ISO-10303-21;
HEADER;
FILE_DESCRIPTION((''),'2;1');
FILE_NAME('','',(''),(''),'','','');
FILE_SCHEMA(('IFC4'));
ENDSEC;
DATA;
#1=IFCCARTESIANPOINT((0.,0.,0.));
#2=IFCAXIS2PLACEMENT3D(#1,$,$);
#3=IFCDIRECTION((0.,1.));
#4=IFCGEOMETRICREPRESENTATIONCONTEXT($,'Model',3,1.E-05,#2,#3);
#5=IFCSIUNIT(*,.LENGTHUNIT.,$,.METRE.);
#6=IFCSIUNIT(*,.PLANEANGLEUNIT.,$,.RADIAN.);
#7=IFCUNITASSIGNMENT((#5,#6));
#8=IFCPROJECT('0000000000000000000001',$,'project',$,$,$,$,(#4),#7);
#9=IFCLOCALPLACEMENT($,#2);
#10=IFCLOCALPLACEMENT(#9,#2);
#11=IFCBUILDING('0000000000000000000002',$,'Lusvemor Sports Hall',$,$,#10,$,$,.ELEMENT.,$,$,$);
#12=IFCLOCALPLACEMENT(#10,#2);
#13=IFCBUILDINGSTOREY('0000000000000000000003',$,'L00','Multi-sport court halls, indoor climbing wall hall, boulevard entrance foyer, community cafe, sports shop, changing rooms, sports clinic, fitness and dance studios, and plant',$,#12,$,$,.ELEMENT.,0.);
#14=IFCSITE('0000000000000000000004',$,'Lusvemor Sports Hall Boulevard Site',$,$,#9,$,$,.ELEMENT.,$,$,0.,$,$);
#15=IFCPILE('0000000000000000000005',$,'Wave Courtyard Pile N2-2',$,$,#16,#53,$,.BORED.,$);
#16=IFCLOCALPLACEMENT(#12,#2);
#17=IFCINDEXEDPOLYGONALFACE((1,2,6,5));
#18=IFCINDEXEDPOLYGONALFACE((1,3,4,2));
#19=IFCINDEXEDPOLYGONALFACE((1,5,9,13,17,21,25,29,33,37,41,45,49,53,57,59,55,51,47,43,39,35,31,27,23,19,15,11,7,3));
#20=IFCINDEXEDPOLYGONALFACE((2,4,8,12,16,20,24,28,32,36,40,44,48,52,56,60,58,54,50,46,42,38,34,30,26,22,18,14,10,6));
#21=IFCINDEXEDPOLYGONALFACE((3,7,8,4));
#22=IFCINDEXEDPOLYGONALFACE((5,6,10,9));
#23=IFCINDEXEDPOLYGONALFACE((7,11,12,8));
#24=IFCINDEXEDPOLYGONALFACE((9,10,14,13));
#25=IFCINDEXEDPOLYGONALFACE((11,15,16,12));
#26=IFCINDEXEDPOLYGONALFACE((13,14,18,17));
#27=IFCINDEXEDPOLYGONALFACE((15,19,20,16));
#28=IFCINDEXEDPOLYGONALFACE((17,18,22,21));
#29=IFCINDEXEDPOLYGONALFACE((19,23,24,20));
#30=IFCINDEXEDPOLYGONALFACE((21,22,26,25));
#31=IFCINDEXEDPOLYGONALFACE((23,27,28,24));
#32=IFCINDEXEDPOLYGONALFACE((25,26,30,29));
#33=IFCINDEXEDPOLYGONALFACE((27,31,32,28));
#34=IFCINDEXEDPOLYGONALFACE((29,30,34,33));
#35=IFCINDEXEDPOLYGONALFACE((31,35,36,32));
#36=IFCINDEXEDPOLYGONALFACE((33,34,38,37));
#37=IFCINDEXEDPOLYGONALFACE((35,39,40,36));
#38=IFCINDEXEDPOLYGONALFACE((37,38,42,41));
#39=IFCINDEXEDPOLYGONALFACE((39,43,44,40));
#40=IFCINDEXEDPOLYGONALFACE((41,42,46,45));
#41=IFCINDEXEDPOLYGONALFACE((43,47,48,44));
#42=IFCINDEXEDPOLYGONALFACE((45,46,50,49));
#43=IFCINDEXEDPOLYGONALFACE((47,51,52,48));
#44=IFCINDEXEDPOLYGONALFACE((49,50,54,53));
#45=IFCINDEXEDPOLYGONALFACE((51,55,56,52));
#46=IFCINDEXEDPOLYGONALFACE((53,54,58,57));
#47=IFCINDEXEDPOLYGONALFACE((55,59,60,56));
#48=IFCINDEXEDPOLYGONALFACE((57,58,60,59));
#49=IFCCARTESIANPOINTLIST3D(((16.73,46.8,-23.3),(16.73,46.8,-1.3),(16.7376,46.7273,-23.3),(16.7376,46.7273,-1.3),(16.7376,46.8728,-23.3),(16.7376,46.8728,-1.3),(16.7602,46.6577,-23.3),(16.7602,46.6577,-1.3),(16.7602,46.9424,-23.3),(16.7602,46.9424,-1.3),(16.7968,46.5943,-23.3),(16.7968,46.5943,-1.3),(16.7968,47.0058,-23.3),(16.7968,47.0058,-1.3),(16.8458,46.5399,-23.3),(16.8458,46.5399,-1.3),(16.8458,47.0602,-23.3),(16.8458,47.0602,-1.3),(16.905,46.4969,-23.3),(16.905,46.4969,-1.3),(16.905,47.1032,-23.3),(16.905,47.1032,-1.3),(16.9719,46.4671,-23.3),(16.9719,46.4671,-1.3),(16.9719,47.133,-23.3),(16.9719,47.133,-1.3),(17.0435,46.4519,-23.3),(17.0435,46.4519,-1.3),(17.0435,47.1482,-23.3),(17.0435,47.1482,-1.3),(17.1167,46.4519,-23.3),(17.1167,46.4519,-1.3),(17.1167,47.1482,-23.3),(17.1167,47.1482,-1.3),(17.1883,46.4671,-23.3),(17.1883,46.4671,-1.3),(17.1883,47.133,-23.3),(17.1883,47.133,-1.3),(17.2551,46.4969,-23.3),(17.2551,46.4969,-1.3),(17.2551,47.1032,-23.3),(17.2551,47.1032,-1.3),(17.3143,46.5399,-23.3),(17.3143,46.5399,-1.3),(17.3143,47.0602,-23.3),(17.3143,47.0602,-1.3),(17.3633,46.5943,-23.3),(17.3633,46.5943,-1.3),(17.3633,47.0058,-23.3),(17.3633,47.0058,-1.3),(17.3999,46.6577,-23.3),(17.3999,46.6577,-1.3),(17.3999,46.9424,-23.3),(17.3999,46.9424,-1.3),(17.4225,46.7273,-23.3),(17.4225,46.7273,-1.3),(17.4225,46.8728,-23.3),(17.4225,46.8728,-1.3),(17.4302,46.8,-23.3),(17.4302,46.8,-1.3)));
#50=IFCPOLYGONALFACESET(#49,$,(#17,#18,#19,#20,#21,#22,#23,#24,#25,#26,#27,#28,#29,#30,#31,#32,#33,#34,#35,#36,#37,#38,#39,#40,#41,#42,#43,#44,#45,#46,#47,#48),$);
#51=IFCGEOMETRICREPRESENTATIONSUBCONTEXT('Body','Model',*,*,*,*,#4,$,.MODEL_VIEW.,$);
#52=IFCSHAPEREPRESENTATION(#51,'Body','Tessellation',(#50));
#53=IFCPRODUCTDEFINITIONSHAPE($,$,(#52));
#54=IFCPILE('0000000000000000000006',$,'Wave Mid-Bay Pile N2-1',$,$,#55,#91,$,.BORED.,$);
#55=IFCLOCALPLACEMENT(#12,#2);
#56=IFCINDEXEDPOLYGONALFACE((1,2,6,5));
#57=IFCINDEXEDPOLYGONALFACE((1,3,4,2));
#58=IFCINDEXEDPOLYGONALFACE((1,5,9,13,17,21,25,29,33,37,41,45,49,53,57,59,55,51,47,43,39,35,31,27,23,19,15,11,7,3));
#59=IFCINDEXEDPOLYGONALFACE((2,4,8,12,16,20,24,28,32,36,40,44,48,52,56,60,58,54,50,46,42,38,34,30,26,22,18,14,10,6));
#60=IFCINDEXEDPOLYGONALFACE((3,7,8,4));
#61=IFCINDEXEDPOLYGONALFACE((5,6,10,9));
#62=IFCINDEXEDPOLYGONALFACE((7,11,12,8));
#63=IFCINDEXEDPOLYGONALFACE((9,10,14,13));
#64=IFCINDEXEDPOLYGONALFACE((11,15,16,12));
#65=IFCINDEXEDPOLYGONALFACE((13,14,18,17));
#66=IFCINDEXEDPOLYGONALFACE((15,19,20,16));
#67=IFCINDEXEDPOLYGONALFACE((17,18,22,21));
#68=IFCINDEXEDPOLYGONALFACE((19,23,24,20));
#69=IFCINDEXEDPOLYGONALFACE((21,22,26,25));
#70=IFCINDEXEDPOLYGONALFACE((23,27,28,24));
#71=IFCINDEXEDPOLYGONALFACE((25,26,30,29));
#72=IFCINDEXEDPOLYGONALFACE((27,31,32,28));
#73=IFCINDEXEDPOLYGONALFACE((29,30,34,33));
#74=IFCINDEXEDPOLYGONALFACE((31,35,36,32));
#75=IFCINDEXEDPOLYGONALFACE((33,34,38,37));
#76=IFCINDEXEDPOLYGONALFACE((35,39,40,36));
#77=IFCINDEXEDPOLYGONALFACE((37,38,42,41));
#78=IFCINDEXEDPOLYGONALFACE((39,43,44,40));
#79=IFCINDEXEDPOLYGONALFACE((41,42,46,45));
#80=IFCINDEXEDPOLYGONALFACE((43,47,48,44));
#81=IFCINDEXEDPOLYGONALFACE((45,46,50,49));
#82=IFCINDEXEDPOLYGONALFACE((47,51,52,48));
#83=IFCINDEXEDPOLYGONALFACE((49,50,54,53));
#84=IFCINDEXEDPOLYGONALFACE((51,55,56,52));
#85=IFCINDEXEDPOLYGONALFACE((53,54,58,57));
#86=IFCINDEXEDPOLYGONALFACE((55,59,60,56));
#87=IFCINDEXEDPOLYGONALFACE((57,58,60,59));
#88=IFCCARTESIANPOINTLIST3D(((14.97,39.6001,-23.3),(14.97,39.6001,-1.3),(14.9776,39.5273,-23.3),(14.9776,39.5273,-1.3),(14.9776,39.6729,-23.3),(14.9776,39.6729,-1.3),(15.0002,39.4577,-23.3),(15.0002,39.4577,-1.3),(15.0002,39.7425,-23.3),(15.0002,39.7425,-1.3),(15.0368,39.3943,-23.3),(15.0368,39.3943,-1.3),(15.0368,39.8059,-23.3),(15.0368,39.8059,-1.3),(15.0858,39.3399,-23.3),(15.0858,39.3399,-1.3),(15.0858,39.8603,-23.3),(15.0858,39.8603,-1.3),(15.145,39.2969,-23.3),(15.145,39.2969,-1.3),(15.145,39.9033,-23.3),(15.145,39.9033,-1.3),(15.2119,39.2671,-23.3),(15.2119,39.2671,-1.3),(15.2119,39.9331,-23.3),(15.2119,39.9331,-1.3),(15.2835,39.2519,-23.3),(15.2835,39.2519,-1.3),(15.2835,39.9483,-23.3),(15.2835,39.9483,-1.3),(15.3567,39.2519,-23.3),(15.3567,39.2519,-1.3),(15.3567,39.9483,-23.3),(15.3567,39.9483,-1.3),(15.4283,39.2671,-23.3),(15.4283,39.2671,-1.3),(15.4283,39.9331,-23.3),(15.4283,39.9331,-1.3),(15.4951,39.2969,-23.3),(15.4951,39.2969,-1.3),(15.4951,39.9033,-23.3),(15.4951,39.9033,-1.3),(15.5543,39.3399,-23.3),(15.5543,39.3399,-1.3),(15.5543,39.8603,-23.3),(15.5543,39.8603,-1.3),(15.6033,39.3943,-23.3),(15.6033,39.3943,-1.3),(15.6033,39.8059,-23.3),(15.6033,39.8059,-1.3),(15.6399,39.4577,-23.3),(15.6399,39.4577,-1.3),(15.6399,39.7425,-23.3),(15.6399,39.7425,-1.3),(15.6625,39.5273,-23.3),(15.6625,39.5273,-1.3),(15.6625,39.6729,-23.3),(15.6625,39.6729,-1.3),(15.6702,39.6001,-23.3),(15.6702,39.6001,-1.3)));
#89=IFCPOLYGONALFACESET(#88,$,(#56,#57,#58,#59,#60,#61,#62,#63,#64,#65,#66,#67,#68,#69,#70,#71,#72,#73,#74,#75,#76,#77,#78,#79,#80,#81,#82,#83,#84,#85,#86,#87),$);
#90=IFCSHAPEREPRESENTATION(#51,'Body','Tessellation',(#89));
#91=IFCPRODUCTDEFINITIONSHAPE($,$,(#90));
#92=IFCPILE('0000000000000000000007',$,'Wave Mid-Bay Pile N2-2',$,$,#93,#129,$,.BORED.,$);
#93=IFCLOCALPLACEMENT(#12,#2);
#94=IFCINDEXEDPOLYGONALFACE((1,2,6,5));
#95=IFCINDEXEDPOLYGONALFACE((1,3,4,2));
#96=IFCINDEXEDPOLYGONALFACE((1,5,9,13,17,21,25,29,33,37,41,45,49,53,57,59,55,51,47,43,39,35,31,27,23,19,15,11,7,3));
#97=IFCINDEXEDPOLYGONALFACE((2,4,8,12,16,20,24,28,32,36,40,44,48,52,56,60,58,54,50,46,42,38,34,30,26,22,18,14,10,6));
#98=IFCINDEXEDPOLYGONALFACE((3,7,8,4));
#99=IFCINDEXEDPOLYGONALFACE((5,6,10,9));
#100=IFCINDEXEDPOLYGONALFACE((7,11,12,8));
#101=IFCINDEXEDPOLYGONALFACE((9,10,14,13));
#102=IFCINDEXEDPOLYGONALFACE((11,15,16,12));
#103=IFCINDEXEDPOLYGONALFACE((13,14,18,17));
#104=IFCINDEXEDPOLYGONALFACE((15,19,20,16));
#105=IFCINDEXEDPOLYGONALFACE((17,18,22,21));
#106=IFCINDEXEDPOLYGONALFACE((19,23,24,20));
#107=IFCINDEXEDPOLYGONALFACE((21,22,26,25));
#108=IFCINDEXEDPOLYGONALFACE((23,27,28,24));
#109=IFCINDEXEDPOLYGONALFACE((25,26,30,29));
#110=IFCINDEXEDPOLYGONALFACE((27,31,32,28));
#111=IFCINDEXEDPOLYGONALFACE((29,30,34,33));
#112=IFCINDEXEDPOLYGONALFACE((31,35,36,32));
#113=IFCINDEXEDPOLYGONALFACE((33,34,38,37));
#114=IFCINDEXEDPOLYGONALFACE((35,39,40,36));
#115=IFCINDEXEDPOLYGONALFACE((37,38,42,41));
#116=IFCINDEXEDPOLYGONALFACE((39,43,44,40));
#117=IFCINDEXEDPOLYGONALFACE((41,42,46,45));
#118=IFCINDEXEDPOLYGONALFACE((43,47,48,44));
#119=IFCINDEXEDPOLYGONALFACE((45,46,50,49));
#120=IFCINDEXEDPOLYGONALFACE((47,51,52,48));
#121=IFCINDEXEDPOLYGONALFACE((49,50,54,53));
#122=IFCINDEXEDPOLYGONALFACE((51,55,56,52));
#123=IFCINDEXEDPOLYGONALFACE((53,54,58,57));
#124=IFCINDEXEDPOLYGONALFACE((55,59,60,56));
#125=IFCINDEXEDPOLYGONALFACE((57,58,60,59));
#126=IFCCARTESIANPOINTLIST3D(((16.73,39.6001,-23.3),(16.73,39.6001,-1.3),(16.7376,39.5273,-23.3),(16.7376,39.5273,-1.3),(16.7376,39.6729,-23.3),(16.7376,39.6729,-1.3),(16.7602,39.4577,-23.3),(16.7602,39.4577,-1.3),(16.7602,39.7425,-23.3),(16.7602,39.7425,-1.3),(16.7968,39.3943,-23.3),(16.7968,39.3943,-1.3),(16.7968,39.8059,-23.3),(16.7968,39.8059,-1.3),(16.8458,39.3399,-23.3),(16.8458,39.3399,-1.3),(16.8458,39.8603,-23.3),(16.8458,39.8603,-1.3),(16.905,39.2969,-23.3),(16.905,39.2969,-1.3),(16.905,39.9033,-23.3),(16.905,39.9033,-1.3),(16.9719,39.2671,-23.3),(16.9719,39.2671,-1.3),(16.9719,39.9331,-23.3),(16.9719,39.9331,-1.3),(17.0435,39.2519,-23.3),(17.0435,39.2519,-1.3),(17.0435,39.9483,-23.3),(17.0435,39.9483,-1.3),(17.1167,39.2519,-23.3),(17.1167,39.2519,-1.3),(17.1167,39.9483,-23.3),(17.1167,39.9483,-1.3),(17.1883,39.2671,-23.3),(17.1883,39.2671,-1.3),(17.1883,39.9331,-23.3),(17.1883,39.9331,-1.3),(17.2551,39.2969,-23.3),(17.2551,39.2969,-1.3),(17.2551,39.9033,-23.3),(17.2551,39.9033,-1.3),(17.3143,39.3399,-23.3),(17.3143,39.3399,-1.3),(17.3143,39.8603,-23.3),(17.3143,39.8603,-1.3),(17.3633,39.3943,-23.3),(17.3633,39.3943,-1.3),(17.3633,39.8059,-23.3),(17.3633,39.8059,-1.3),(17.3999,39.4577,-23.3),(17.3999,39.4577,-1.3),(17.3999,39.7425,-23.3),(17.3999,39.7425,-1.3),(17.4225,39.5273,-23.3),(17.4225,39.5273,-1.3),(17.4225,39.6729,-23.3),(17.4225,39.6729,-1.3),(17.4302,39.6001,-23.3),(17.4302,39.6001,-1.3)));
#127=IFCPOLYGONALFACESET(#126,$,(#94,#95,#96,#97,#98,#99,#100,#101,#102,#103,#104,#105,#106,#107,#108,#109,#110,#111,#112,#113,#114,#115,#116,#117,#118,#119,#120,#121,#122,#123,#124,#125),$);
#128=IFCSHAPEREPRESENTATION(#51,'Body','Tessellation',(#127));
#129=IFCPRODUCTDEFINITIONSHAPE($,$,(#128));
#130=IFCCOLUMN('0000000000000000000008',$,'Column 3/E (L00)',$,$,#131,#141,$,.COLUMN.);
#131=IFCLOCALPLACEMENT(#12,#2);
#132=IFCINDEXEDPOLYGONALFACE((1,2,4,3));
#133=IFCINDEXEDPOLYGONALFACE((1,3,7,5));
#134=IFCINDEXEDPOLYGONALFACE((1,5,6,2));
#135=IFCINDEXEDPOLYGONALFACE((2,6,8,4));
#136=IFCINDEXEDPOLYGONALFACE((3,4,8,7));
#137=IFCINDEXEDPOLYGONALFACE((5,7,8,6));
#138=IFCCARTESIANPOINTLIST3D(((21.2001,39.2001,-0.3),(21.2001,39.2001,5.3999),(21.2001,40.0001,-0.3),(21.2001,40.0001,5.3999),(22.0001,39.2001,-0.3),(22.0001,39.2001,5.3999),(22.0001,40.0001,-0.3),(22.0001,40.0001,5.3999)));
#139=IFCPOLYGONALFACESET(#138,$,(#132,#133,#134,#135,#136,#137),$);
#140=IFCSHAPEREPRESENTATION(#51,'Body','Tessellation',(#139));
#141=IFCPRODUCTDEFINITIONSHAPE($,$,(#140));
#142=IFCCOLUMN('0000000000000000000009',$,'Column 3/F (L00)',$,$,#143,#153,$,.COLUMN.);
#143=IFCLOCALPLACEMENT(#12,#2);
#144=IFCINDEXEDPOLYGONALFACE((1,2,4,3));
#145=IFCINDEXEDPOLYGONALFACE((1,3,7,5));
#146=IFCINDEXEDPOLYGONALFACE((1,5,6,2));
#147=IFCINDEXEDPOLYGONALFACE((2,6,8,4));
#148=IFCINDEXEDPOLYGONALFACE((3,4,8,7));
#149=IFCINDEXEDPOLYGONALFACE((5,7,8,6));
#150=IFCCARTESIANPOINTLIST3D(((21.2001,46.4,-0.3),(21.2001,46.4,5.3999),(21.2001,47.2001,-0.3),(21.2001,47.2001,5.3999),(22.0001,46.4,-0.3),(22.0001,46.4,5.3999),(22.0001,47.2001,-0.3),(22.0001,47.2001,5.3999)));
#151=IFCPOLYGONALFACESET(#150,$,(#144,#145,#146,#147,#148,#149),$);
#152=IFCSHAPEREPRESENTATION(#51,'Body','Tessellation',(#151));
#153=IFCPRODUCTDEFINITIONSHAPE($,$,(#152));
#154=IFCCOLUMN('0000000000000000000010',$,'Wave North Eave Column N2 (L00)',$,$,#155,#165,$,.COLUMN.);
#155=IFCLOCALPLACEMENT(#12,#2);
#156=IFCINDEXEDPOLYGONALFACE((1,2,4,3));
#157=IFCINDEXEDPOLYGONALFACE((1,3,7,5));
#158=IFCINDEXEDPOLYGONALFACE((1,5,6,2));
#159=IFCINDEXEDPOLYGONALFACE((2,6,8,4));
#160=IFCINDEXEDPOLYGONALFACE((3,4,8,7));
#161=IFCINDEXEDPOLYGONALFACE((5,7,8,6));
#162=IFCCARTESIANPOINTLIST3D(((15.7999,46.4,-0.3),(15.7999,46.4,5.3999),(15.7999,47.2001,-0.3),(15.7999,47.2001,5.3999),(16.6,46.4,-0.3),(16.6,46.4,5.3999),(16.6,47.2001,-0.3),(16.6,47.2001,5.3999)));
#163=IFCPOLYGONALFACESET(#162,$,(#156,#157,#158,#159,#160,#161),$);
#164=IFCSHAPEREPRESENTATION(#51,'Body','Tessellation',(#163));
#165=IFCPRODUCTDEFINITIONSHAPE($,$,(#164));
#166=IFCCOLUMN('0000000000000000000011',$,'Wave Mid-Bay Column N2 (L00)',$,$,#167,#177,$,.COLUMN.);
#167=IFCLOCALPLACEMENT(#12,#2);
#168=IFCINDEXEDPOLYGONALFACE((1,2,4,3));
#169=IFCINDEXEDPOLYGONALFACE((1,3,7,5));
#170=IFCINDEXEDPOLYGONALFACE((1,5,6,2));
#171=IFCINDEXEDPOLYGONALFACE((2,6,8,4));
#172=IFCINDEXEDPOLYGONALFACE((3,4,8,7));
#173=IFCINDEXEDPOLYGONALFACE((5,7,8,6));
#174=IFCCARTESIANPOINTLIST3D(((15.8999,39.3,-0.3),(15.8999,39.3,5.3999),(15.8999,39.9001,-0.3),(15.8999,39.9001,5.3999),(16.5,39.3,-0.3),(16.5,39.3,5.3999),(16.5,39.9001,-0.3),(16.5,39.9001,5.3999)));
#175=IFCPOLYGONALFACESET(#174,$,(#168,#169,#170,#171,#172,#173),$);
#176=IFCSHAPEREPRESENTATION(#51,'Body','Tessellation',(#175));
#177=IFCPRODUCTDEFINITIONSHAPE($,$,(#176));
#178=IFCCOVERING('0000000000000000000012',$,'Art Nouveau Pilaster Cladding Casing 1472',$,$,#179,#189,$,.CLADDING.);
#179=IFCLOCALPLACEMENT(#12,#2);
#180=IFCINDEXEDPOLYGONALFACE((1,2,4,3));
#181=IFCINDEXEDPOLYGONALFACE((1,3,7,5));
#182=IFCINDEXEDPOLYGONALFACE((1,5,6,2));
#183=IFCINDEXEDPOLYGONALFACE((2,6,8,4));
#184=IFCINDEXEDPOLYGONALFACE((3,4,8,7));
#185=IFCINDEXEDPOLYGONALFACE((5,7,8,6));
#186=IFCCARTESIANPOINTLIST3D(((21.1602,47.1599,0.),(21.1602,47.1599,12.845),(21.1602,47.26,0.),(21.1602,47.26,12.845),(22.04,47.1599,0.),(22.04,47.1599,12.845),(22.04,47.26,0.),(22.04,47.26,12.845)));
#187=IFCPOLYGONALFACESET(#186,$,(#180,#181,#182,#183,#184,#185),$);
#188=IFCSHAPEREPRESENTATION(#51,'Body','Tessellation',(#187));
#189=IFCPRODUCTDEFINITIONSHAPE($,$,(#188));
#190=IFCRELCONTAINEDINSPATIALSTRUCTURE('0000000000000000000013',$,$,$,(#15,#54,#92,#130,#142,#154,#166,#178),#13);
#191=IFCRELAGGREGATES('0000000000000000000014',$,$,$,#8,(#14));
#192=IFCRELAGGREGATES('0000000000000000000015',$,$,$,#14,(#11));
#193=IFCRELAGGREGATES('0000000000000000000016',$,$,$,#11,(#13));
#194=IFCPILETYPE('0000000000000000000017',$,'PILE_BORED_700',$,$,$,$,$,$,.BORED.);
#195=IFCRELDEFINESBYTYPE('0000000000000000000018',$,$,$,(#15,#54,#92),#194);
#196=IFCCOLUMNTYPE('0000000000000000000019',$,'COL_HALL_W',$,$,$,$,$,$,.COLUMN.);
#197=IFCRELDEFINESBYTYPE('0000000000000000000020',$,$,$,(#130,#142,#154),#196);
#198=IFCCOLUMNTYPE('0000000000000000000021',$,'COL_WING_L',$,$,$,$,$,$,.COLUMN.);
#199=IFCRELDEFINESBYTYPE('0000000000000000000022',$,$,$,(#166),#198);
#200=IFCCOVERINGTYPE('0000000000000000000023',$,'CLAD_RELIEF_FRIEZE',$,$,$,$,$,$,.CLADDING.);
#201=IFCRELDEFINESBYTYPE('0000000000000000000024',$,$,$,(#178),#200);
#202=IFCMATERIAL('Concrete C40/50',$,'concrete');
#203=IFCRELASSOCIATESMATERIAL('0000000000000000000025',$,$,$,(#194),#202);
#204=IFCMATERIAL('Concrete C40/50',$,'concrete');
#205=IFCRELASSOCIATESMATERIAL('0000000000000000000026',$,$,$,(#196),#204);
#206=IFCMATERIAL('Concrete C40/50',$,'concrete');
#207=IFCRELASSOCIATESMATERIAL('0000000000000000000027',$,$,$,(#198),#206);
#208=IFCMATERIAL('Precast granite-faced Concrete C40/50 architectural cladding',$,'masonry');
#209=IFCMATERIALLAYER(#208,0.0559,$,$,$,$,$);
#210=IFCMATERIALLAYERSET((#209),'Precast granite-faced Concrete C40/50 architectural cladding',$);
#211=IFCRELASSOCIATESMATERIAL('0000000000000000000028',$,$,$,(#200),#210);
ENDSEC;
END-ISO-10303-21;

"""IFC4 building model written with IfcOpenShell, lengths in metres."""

from ifc_helpers import new_model, si_unit, direction, frame, origin, origin_2d, place, context, subcontext, project, spatial, rectangle, circle, extrude, material, layer, layer_set, material_profile, profile_set, type_object, element, save


model = new_model("IFC4")

# Units and contexts
model_context = context("Model", 3, precision=1e-05, world=origin(), true_north=direction((0.0, 1.0)))
body_context = subcontext(model_context, "Body", "Model", "MODEL_VIEW")
ifc_project = project(units=[si_unit("LENGTHUNIT", "METRE"), si_unit("PLANEANGLEUNIT", "RADIAN")], contexts=[model_context])

# Site, building, storey
site_placement = place(None, origin())
site = spatial("IfcSite", under=ifc_project, at=site_placement, Name="Lusvemor Sports Hall Boulevard Site", CompositionType="ELEMENT", RefElevation=0.0)
building_placement = place(site_placement, origin())
building = spatial("IfcBuilding", under=site, at=building_placement, Name="Lusvemor Sports Hall", CompositionType="ELEMENT")
storey_placement = place(building_placement, origin())
storey = spatial("IfcBuildingStorey", under=building, at=storey_placement, Name="L00", Description="Multi-sport court halls, indoor climbing wall hall, boulevard entrance foyer, community cafe, sports shop, changing rooms, sports clinic, fitness and dance studios, and plant", CompositionType="ELEMENT", Elevation=0.0)

# Piles
ifc_material_1 = material(Name="Concrete C40/50", Category="concrete")
ifc_material_profile_1 = material_profile(ifc_material_1, circle(Radius=0.3501, at=origin_2d()), Name="PILE700")
ifc_profile_set_1 = profile_set([ifc_material_profile_1], Name="Concrete C40/50")
pile_type = type_object("IfcPileType", Name="PILE_BORED_700", PredefinedType="BORED", material=ifc_profile_set_1)
for number, where, z_axis, x_axis, name in (
    (1, (17.0801, 46.8, -1.3), (0.0, 0.0, -1.0), (1.0, 0.0, 0.0), "Wave Courtyard Pile N2-2"),
    (2, (15.3201, 39.6001, -1.3), (0.0, 0.0, -1.0), (1.0, 0.0, 0.0), "Wave Mid-Bay Pile N2-1"),
    (3, (17.0801, 39.6001, -1.3), (0.0, 0.0, -1.0), (1.0, 0.0, 0.0), "Wave Mid-Bay Pile N2-2"),
):
    element("IfcPile", number, at=place(storey_placement, frame(where, z_axis=z_axis, x_axis=x_axis)), inside=storey, type_object=pile_type, Name=name, PredefinedType="BORED", context=body_context, shape_type="SweptSolid", body=[
        extrude(circle(Radius=0.3501, at=origin_2d()), origin(), (0.0, 0.0, 1.0), 22.0),
    ])

# Columns
ifc_material_2 = material(Name="Concrete C40/50", Category="concrete")
ifc_material_profile_2 = material_profile(ifc_material_2, rectangle(XDim=0.8, YDim=0.8, at=origin_2d()), Name="RC800x800")
ifc_profile_set_2 = profile_set([ifc_material_profile_2], Name="Concrete C40/50")
column_type_1 = type_object("IfcColumnType", Name="COL_HALL_W", PredefinedType="COLUMN", material=ifc_profile_set_2)
for number, where, z_axis, x_axis, name in (
    (4, (21.6001, 39.6001, -0.3), (0.0, 0.0, 1.0), (1.0, 0.0, 0.0), "Column 3/E (L00)"),
    (5, (21.6001, 46.8, -0.3), (0.0, 0.0, 1.0), (1.0, 0.0, 0.0), "Column 3/F (L00)"),
    (6, (16.2, 46.8, -0.3), (0.0, 0.0, 1.0), (1.0, 0.0, 0.0), "Wave North Eave Column N2 (L00)"),
):
    element("IfcColumn", number, at=place(storey_placement, frame(where, z_axis=z_axis, x_axis=x_axis)), inside=storey, type_object=column_type_1, Name=name, PredefinedType="COLUMN", context=body_context, shape_type="SweptSolid", body=[
        extrude(rectangle(XDim=0.8, YDim=0.8, at=origin_2d()), origin(), (0.0, 0.0, 1.0), 5.7),
    ])
ifc_material_3 = material(Name="Concrete C40/50", Category="concrete")
ifc_material_profile_3 = material_profile(ifc_material_3, rectangle(XDim=0.6001, YDim=0.6001, at=origin_2d()), Name="RC600x600")
ifc_profile_set_3 = profile_set([ifc_material_profile_3], Name="Concrete C40/50")
column_type_2 = type_object("IfcColumnType", Name="COL_WING_L", PredefinedType="COLUMN", material=ifc_profile_set_3)
column_placement = place(storey_placement, frame((16.2, 39.6001, -0.3), z_axis=(0.0, 0.0, 1.0), x_axis=(1.0, 0.0, 0.0)))
element("IfcColumn", 7, at=column_placement, inside=storey, type_object=column_type_2, Name="Wave Mid-Bay Column N2 (L00)", PredefinedType="COLUMN", context=body_context, shape_type="SweptSolid", body=[
    extrude(rectangle(XDim=0.6001, YDim=0.6001, at=origin_2d()), origin(), (0.0, 0.0, 1.0), 5.7),
])

# Covering
ifc_material_4 = material(Name="Precast granite-faced Concrete C40/50 architectural cladding", Category="masonry")
ifc_layer_1 = layer(ifc_material_4, 0.0559)
ifc_layer_set_1 = layer_set([ifc_layer_1], Name="Precast granite-faced Concrete C40/50 architectural cladding")
covering_type = type_object("IfcCoveringType", Name="CLAD_RELIEF_FRIEZE", PredefinedType="CLADDING", material=ifc_layer_set_1)
covering_placement = place(storey_placement, frame((21.6001, 47.21, 0.0), z_axis=(0.0, 0.0, 1.0), x_axis=(1.0, 0.0, 0.0)))
element("IfcCovering", 8, at=covering_placement, inside=storey, type_object=covering_type, Name="Art Nouveau Pilaster Cladding Casing 1472", PredefinedType="CLADDING", context=body_context, shape_type="SweptSolid", body=[
    extrude(rectangle(XDim=0.8799, YDim=0.1001, at=origin_2d()), origin(), (0.0, 0.0, 1.0), 12.845),
])

save(model, "model.ifc")
